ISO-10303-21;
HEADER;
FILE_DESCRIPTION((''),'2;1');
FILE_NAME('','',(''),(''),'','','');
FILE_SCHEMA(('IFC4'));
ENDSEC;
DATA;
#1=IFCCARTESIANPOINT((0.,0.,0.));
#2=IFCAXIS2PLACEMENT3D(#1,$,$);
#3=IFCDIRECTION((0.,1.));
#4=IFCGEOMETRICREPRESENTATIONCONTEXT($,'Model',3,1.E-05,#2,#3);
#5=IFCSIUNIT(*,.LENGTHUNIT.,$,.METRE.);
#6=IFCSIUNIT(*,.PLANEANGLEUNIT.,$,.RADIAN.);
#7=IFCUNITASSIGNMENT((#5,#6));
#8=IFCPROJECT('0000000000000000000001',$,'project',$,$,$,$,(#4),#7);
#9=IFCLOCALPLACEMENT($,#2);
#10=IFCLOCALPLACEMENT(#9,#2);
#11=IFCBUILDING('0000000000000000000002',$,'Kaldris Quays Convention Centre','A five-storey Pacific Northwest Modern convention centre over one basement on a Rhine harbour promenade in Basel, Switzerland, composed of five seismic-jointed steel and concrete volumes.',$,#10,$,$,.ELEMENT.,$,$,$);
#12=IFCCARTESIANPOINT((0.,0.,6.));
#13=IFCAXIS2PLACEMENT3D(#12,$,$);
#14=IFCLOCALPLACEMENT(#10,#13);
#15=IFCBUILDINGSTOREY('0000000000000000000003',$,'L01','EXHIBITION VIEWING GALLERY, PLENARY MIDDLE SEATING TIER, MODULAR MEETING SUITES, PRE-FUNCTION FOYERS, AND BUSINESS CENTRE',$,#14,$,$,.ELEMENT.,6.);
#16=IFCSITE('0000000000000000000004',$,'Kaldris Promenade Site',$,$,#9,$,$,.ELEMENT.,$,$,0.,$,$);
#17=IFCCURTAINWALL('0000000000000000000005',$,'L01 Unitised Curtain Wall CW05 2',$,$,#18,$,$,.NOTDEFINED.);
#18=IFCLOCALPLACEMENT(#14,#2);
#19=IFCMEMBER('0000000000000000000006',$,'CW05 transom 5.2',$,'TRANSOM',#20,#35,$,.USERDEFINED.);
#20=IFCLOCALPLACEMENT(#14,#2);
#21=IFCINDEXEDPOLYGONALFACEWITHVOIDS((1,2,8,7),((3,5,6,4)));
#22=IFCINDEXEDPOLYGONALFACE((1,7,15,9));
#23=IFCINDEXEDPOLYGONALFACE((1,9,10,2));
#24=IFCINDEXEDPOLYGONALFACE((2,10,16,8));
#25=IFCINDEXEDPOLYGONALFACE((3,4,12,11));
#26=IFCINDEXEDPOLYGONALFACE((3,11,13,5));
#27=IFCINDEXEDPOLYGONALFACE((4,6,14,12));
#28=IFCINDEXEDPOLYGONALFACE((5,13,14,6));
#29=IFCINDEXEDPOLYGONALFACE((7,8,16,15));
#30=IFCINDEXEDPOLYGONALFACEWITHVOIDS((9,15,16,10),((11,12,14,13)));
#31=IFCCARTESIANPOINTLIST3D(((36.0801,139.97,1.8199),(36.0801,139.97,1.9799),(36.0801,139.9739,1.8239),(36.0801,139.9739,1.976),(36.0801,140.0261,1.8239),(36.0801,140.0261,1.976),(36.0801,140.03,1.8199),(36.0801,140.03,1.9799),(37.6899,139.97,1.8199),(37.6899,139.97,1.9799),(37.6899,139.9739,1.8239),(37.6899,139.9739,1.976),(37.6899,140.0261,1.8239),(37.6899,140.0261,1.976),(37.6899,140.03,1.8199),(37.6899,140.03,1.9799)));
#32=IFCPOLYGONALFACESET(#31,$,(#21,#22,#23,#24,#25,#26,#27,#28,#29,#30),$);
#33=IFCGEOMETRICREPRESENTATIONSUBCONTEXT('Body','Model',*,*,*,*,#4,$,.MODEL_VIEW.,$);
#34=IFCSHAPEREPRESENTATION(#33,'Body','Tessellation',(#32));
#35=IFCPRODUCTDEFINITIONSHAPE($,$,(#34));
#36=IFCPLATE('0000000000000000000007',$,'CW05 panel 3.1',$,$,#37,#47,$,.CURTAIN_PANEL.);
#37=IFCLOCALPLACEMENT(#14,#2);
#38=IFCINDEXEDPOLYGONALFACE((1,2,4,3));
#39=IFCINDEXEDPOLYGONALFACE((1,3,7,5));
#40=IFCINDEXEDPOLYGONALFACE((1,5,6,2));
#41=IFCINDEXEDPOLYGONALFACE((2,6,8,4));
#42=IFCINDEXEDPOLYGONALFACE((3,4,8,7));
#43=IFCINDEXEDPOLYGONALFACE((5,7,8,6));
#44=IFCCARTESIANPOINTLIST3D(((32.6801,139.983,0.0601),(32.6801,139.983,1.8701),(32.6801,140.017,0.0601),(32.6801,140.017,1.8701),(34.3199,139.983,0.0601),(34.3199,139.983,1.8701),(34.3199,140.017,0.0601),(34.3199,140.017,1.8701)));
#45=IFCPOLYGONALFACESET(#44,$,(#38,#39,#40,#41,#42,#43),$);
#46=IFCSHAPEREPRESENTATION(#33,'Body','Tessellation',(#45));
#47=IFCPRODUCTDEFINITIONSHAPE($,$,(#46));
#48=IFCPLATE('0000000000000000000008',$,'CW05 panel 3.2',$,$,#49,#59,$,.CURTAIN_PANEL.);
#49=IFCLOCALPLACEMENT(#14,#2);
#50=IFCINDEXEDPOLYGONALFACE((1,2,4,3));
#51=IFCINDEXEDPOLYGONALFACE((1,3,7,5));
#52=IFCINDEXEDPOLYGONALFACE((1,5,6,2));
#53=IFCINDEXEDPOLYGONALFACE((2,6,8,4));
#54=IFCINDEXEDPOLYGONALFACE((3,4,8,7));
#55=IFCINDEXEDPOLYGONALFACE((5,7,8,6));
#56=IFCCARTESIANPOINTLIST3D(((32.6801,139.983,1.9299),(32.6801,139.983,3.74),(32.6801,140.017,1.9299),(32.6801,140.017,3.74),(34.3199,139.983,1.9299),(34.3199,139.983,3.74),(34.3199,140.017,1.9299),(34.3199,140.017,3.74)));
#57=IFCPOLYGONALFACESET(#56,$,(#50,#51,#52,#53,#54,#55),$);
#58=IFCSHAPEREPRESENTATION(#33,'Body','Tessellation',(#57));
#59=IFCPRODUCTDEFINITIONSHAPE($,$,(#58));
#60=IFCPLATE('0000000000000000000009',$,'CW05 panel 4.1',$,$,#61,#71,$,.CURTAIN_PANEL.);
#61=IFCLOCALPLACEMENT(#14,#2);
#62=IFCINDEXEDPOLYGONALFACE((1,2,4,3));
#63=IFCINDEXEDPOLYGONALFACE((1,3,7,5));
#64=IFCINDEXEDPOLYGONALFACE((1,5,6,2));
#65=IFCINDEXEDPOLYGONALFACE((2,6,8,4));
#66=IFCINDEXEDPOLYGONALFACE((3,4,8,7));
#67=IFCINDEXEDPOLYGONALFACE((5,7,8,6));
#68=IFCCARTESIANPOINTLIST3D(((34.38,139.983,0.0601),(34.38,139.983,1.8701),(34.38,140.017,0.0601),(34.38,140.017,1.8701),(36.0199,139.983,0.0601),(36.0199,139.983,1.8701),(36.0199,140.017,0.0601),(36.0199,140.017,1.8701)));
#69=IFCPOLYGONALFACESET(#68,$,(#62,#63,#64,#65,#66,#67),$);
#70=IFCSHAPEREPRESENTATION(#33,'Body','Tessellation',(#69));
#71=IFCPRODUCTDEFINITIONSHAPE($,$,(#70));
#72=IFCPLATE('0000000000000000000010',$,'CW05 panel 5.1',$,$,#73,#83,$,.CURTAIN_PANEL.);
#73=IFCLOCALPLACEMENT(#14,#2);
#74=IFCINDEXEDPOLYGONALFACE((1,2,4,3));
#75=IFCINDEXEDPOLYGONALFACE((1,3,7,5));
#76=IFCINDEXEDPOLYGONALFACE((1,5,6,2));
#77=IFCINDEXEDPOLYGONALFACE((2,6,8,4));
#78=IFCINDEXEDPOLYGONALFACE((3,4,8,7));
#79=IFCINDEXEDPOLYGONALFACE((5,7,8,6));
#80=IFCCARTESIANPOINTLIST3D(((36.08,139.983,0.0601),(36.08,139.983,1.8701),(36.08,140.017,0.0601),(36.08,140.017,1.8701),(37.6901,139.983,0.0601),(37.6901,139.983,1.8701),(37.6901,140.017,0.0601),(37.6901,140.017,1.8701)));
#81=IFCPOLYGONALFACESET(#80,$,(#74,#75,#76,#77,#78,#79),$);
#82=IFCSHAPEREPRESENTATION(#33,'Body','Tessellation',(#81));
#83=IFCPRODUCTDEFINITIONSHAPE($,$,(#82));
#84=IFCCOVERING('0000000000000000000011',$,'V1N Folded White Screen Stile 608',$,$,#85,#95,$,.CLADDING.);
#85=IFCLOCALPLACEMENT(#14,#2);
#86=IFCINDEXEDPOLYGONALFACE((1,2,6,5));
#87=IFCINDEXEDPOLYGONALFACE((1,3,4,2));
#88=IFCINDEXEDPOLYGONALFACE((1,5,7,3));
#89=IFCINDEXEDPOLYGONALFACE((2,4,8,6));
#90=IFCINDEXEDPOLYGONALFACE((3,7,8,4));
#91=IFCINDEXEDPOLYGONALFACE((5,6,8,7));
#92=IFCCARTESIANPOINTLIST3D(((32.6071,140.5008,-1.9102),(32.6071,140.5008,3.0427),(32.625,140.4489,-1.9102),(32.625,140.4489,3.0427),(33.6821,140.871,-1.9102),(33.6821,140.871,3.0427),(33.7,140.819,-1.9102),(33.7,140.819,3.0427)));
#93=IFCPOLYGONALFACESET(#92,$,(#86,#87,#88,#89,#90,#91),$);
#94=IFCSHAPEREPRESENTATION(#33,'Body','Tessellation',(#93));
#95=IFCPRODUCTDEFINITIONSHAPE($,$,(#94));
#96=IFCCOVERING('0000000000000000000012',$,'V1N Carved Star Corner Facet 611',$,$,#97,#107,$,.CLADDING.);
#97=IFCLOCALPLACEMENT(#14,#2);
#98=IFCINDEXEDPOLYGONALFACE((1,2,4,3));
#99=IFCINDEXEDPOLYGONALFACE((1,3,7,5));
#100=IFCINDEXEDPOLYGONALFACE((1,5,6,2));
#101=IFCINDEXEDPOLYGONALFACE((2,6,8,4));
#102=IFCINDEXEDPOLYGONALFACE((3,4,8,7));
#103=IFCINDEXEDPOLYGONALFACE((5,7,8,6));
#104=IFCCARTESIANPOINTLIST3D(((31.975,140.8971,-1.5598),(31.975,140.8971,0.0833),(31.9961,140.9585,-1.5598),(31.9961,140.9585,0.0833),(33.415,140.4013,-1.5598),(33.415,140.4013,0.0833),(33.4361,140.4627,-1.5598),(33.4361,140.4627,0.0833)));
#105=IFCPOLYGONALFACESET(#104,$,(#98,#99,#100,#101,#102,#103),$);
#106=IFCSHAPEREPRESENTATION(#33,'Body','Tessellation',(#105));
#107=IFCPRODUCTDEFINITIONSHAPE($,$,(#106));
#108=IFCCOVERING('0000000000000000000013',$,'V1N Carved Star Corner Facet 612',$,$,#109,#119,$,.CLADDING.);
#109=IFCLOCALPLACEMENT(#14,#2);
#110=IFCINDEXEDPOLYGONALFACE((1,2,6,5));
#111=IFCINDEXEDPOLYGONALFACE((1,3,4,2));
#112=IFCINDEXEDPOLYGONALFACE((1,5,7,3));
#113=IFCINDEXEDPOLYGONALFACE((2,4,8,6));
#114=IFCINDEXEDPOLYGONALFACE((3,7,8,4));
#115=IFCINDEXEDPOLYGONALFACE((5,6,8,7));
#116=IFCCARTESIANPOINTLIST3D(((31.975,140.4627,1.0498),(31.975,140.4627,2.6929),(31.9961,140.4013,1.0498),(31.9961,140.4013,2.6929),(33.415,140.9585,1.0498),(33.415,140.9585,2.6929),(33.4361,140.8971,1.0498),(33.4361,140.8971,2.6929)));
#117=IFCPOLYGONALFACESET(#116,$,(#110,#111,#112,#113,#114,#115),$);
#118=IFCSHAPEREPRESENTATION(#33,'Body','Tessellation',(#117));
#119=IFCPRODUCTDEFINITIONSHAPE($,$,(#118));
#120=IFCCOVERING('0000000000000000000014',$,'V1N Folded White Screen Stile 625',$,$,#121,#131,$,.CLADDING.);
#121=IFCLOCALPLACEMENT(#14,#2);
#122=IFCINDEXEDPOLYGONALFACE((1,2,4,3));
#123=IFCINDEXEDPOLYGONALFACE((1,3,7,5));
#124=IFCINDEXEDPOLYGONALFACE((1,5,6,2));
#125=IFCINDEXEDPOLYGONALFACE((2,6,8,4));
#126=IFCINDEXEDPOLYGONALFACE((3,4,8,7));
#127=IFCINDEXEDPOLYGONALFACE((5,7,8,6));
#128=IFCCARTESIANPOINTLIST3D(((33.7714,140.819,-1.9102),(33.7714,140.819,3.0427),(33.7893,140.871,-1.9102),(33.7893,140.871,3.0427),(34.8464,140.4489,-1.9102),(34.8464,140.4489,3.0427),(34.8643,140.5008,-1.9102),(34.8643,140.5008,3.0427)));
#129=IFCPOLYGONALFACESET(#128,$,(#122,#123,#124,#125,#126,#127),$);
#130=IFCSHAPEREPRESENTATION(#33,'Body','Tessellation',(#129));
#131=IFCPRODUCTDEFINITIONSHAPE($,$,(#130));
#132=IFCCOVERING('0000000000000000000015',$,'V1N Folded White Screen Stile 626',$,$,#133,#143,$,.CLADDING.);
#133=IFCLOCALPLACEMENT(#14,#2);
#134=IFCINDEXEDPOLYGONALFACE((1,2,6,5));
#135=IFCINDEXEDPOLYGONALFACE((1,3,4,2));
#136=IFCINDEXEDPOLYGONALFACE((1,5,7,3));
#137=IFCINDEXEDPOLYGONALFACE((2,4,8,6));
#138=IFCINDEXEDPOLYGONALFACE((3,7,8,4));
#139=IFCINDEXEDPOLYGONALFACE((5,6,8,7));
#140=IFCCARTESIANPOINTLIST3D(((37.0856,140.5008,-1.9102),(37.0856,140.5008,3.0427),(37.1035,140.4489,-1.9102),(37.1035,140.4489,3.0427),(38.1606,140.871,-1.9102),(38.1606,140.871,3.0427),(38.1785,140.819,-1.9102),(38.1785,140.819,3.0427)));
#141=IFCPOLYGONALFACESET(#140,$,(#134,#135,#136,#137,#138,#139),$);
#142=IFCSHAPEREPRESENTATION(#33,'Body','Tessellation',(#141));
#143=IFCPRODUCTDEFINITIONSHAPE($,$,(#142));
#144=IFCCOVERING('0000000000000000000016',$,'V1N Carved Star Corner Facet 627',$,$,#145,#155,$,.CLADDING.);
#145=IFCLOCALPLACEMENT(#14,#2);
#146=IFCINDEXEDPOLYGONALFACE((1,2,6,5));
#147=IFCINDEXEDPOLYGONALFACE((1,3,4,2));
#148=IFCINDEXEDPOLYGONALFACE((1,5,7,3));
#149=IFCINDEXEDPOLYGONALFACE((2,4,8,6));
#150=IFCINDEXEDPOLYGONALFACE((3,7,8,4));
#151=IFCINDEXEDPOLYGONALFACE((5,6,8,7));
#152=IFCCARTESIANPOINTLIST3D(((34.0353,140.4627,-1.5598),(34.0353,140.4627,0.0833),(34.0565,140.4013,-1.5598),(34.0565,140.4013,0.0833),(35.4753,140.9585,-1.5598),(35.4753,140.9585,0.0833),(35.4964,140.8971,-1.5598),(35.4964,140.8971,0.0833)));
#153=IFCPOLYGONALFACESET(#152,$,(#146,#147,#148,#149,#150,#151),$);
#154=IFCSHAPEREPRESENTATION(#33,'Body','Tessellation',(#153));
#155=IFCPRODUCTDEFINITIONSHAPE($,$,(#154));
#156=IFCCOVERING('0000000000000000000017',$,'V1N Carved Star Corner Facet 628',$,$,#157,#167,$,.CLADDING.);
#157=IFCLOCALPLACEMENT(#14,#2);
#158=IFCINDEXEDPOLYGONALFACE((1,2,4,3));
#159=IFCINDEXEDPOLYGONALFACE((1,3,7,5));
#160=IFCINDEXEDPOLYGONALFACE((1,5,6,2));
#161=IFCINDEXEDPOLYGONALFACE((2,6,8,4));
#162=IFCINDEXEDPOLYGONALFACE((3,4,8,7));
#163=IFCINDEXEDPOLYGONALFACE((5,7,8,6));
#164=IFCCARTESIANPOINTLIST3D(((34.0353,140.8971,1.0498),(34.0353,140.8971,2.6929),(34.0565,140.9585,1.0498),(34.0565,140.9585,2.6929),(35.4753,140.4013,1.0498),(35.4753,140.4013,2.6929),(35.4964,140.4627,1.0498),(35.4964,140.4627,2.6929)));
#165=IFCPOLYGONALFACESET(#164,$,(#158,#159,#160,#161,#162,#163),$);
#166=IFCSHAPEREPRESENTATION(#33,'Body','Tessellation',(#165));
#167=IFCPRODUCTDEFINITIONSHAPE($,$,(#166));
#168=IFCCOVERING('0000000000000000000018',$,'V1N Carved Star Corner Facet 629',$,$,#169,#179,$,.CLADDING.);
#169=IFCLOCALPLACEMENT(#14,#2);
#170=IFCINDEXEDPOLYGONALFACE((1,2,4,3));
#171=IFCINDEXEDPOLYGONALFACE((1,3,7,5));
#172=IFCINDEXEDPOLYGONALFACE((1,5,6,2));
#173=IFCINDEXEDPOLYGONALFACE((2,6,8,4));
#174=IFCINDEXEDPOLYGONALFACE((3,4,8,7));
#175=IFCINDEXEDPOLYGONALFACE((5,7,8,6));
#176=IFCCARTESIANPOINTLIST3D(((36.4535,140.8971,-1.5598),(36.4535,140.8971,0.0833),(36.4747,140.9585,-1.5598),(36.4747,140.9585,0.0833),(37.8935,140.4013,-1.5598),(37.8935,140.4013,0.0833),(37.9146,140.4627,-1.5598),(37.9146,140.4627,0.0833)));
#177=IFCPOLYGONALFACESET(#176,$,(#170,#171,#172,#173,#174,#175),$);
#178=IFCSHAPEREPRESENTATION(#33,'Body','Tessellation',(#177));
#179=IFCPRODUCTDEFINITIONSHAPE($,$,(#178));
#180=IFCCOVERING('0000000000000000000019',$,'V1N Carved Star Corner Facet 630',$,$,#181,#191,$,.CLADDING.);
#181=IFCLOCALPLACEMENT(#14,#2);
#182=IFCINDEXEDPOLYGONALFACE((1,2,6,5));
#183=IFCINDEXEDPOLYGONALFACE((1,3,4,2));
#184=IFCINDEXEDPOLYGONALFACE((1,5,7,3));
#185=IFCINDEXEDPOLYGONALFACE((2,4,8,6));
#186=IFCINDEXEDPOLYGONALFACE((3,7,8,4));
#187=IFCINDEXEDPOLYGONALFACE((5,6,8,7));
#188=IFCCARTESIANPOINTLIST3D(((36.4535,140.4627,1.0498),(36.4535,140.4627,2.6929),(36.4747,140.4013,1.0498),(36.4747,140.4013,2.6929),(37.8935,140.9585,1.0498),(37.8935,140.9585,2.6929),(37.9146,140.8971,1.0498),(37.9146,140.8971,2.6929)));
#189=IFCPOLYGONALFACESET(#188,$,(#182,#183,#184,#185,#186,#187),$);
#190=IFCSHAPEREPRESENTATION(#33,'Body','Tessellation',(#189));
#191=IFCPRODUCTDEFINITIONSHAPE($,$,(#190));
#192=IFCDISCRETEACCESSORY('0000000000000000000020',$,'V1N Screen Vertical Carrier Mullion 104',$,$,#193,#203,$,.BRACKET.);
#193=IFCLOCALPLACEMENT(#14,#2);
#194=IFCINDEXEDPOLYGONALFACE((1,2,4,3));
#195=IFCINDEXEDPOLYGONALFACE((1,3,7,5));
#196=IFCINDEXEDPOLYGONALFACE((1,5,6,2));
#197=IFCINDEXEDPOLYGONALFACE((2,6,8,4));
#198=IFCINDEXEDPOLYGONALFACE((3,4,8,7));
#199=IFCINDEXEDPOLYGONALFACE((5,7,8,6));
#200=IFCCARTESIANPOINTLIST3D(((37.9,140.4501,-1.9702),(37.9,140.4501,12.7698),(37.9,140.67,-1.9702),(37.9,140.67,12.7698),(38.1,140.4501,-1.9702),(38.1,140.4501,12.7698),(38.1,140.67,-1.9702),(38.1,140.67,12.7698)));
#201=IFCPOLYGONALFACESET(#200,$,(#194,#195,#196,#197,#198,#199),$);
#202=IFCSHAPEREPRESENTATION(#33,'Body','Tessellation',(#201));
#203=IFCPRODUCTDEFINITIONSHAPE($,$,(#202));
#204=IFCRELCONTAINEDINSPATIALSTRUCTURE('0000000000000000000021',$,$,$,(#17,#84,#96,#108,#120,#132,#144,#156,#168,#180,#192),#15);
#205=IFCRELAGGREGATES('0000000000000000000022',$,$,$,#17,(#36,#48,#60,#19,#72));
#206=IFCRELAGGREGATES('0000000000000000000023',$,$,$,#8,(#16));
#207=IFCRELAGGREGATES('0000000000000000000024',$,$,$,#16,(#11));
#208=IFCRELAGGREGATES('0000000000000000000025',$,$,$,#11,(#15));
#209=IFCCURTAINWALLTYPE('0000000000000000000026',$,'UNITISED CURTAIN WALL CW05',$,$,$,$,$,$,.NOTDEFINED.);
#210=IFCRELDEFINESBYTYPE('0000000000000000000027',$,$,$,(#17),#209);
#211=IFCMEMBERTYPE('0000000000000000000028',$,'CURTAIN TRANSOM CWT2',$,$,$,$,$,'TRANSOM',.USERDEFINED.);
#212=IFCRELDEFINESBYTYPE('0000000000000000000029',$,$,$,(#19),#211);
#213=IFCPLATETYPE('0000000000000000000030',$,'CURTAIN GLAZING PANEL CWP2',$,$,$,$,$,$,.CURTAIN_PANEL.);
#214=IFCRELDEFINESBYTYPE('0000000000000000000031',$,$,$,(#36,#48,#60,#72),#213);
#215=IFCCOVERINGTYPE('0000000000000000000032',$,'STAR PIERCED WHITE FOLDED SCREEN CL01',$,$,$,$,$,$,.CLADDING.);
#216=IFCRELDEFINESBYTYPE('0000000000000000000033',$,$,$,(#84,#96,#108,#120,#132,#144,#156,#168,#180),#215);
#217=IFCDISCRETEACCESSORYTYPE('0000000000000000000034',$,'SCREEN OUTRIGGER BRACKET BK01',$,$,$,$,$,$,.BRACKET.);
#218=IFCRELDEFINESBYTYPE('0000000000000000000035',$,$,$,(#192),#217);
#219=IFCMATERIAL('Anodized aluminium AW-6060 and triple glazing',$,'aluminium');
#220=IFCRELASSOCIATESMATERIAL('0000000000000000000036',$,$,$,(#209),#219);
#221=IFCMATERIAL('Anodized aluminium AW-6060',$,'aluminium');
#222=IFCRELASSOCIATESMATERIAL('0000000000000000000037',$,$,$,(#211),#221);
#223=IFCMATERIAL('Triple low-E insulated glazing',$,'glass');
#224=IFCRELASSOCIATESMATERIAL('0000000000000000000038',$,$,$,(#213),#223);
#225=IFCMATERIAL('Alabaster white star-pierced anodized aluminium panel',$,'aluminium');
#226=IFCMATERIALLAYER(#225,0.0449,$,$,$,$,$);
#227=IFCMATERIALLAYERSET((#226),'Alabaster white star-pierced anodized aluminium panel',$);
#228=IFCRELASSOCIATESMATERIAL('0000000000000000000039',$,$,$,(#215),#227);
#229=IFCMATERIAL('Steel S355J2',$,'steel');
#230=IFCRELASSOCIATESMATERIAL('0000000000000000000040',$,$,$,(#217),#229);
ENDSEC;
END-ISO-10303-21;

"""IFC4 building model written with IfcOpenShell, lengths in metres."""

from ifc_helpers import new_model, si_unit, direction, frame, origin, origin_2d, place, context, subcontext, project, spatial, rectangle, hollow_rectangle, extrude, material, layer, layer_set, material_profile, profile_set, type_object, element, aggregate, save


model = new_model("IFC4")

# Units and contexts
model_context = context("Model", 3, precision=1e-05, world=origin(), true_north=direction((0.0, 1.0)))
body_context = subcontext(model_context, "Body", "Model", "MODEL_VIEW")
ifc_project = project(units=[si_unit("LENGTHUNIT", "METRE"), si_unit("PLANEANGLEUNIT", "RADIAN")], contexts=[model_context])

# Site, building, storey
site_placement = place(None, origin())
site = spatial("IfcSite", under=ifc_project, at=site_placement, Name="Kaldris Promenade Site", CompositionType="ELEMENT", RefElevation=0.0)
building_placement = place(site_placement, origin())
building = spatial("IfcBuilding", under=site, at=building_placement, Name="Kaldris Quays Convention Centre", Description="A five-storey Pacific Northwest Modern convention centre over one basement on a Rhine harbour promenade in Basel, Switzerland, composed of five seismic-jointed steel and concrete volumes.", CompositionType="ELEMENT")
storey_placement = place(building_placement, frame((0.0, 0.0, 6.0)))
storey = spatial("IfcBuildingStorey", under=building, at=storey_placement, Name="L01", Description="EXHIBITION VIEWING GALLERY, PLENARY MIDDLE SEATING TIER, MODULAR MEETING SUITES, PRE-FUNCTION FOYERS, AND BUSINESS CENTRE", CompositionType="ELEMENT", Elevation=6.0)

# Shared definitions
ifc_material_1 = material(Name="Steel S355J2", Category="steel")

# Curtain wall, member, plates
ifc_material_2 = material(Name="Anodized aluminium AW-6060 and triple glazing", Category="aluminium")
curtain_wall_type = type_object("IfcCurtainWallType", Name="UNITISED CURTAIN WALL CW05", PredefinedType="NOTDEFINED", material=ifc_material_2)
curtain_wall_placement = place(storey_placement, origin())
curtain_wall = element("IfcCurtainWall", 1, at=curtain_wall_placement, inside=storey, type_object=curtain_wall_type, Name="L01 Unitised Curtain Wall CW05 2", PredefinedType="NOTDEFINED")
ifc_material_3 = material(Name="Anodized aluminium AW-6060", Category="aluminium")
ifc_material_profile_1 = material_profile(ifc_material_3, hollow_rectangle(XDim=0.0601, YDim=0.1599, WallThickness=0.0039, at=origin_2d()), Name="RHS 160x60x4")
ifc_profile_set_1 = profile_set([ifc_material_profile_1], Name="Anodized aluminium AW-6060")
member_type_1 = type_object("IfcMemberType", Name="CURTAIN TRANSOM CWT2", ElementType="TRANSOM", PredefinedType="USERDEFINED", material=ifc_profile_set_1)
member_1_placement = place(storey_placement, frame((36.0801, 140.0, 1.8999), z_axis=(1.0, 0.0, 0.0), x_axis=(0.0, 1.0, 0.0)))
member_1 = element("IfcMember", 2, at=member_1_placement, type_object=member_type_1, Name="CW05 transom 5.2", ObjectType="TRANSOM", PredefinedType="USERDEFINED", context=body_context, shape_type="SweptSolid", body=[
    extrude(hollow_rectangle(XDim=0.0601, YDim=0.1599, WallThickness=0.0039, at=origin_2d()), origin(), (0.0, 0.0, 1.0), 1.6099),
])
ifc_material_4 = material(Name="Triple low-E insulated glazing", Category="glass")
plate_type = type_object("IfcPlateType", Name="CURTAIN GLAZING PANEL CWP2", PredefinedType="CURTAIN_PANEL", material=ifc_material_4)
plate_1_placement = place(storey_placement, frame((33.5, 140.0, 0.0601), z_axis=(0.0, 0.0, 1.0), x_axis=(1.0, 0.0, 0.0)))
plate_1 = element("IfcPlate", 3, at=plate_1_placement, type_object=plate_type, Name="CW05 panel 3.1", PredefinedType="CURTAIN_PANEL", context=body_context, shape_type="SweptSolid", body=[
    extrude(rectangle(XDim=1.6399, YDim=0.0339, at=origin_2d()), origin(), (0.0, 0.0, 1.0), 1.8101),
])
plate_2_placement = place(storey_placement, frame((33.5, 140.0, 1.9299), z_axis=(0.0, 0.0, 1.0), x_axis=(1.0, 0.0, 0.0)))
plate_2 = element("IfcPlate", 4, at=plate_2_placement, type_object=plate_type, Name="CW05 panel 3.2", PredefinedType="CURTAIN_PANEL", context=body_context, shape_type="SweptSolid", body=[
    extrude(rectangle(XDim=1.6399, YDim=0.0339, at=origin_2d()), origin(), (0.0, 0.0, 1.0), 1.8101),
])
plate_3_placement = place(storey_placement, frame((35.2, 140.0, 0.0601), z_axis=(0.0, 0.0, 1.0), x_axis=(1.0, 0.0, 0.0)))
plate_3 = element("IfcPlate", 5, at=plate_3_placement, type_object=plate_type, Name="CW05 panel 4.1", PredefinedType="CURTAIN_PANEL", context=body_context, shape_type="SweptSolid", body=[
    extrude(rectangle(XDim=1.6399, YDim=0.0339, at=origin_2d()), origin(), (0.0, 0.0, 1.0), 1.8101),
])
plate_4_placement = place(storey_placement, frame((36.885, 140.0, 0.0601), z_axis=(0.0, 0.0, 1.0), x_axis=(1.0, 0.0, 0.0)))
plate_4 = element("IfcPlate", 6, at=plate_4_placement, type_object=plate_type, Name="CW05 panel 5.1", PredefinedType="CURTAIN_PANEL", context=body_context, shape_type="SweptSolid", body=[
    extrude(rectangle(XDim=1.6101, YDim=0.0339, at=origin_2d()), origin(), (0.0, 0.0, 1.0), 1.8101),
])
aggregate(curtain_wall, [plate_1, plate_2, plate_3, member_1, plate_4])

# Coverings
ifc_material_5 = material(Name="Alabaster white star-pierced anodized aluminium panel", Category="aluminium")
ifc_layer = layer(ifc_material_5, 0.0449)
ifc_layer_set = layer_set([ifc_layer], Name="Alabaster white star-pierced anodized aluminium panel")
covering_type = type_object("IfcCoveringType", Name="STAR PIERCED WHITE FOLDED SCREEN CL01", PredefinedType="CLADDING", material=ifc_layer_set)
covering_placement = place(storey_placement, frame((33.1536, 140.6599, -1.9102), z_axis=(0.0, 0.0, 1.0), x_axis=(0.945519, 0.325568, 0.0)))
element("IfcCovering", 7, at=covering_placement, inside=storey, type_object=covering_type, Name="V1N Folded White Screen Stile 608", PredefinedType="CLADDING", context=body_context, shape_type="SweptSolid", body=[
    extrude(rectangle(XDim=1.137, YDim=0.0549, at=origin_2d()), origin(), (0.0, 0.0, 1.0), 4.9529),
])
for number, where, z_axis, x_axis, name in (
    (8, (32.7056, 140.6799, -1.5598), (0.0, 0.0, 1.0), (0.945519, -0.325568, 0.0), "V1N Carved Star Corner Facet 611"),
    (9, (32.7056, 140.6799, 1.0498), (0.0, 0.0, 1.0), (0.945519, 0.325568, 0.0), "V1N Carved Star Corner Facet 612"),
):
    element("IfcCovering", number, at=place(storey_placement, frame(where, z_axis=z_axis, x_axis=x_axis)), inside=storey, type_object=covering_type, Name=name, PredefinedType="CLADDING", context=body_context, shape_type="SweptSolid", body=[
        extrude(rectangle(XDim=1.5229, YDim=0.0649, at=origin_2d()), origin(), (0.0, 0.0, 1.0), 1.6431),
    ])
for number, where, z_axis, x_axis, name in (
    (10, (34.3179, 140.6599, -1.9102), (0.0, 0.0, 1.0), (0.945519, -0.325568, 0.0), "V1N Folded White Screen Stile 625"),
    (11, (37.6321, 140.6599, -1.9102), (0.0, 0.0, 1.0), (0.945519, 0.325568, 0.0), "V1N Folded White Screen Stile 626"),
):
    element("IfcCovering", number, at=place(storey_placement, frame(where, z_axis=z_axis, x_axis=x_axis)), inside=storey, type_object=covering_type, Name=name, PredefinedType="CLADDING", context=body_context, shape_type="SweptSolid", body=[
        extrude(rectangle(XDim=1.137, YDim=0.0549, at=origin_2d()), origin(), (0.0, 0.0, 1.0), 4.9529),
    ])
for number, where, z_axis, x_axis, name in (
    (12, (34.7659, 140.6799, -1.5598), (0.0, 0.0, 1.0), (0.945519, 0.325568, 0.0), "V1N Carved Star Corner Facet 627"),
    (13, (34.7659, 140.6799, 1.0498), (0.0, 0.0, 1.0), (0.945519, -0.325568, 0.0), "V1N Carved Star Corner Facet 628"),
    (14, (37.1841, 140.6799, -1.5598), (0.0, 0.0, 1.0), (0.945519, -0.325568, 0.0), "V1N Carved Star Corner Facet 629"),
    (15, (37.1841, 140.6799, 1.0498), (0.0, 0.0, 1.0), (0.945519, 0.325568, 0.0), "V1N Carved Star Corner Facet 630"),
):
    element("IfcCovering", number, at=place(storey_placement, frame(where, z_axis=z_axis, x_axis=x_axis)), inside=storey, type_object=covering_type, Name=name, PredefinedType="CLADDING", context=body_context, shape_type="SweptSolid", body=[
        extrude(rectangle(XDim=1.5229, YDim=0.0649, at=origin_2d()), origin(), (0.0, 0.0, 1.0), 1.6431),
    ])

# Discrete accessory
discrete_accessory_type = type_object("IfcDiscreteAccessoryType", Name="SCREEN OUTRIGGER BRACKET BK01", PredefinedType="BRACKET", material=ifc_material_1)
discrete_accessory_1_placement = place(storey_placement, frame((38.0, 140.5601, -1.9702), z_axis=(0.0, 0.0, 1.0), x_axis=(1.0, 0.0, 0.0)))
element("IfcDiscreteAccessory", 16, at=discrete_accessory_1_placement, inside=storey, type_object=discrete_accessory_type, Name="V1N Screen Vertical Carrier Mullion 104", PredefinedType="BRACKET", context=body_context, shape_type="SweptSolid", body=[
    extrude(rectangle(XDim=0.2, YDim=0.22, at=origin_2d()), origin(), (0.0, 0.0, 1.0), 14.74),
])

save(model, "model.ifc")
